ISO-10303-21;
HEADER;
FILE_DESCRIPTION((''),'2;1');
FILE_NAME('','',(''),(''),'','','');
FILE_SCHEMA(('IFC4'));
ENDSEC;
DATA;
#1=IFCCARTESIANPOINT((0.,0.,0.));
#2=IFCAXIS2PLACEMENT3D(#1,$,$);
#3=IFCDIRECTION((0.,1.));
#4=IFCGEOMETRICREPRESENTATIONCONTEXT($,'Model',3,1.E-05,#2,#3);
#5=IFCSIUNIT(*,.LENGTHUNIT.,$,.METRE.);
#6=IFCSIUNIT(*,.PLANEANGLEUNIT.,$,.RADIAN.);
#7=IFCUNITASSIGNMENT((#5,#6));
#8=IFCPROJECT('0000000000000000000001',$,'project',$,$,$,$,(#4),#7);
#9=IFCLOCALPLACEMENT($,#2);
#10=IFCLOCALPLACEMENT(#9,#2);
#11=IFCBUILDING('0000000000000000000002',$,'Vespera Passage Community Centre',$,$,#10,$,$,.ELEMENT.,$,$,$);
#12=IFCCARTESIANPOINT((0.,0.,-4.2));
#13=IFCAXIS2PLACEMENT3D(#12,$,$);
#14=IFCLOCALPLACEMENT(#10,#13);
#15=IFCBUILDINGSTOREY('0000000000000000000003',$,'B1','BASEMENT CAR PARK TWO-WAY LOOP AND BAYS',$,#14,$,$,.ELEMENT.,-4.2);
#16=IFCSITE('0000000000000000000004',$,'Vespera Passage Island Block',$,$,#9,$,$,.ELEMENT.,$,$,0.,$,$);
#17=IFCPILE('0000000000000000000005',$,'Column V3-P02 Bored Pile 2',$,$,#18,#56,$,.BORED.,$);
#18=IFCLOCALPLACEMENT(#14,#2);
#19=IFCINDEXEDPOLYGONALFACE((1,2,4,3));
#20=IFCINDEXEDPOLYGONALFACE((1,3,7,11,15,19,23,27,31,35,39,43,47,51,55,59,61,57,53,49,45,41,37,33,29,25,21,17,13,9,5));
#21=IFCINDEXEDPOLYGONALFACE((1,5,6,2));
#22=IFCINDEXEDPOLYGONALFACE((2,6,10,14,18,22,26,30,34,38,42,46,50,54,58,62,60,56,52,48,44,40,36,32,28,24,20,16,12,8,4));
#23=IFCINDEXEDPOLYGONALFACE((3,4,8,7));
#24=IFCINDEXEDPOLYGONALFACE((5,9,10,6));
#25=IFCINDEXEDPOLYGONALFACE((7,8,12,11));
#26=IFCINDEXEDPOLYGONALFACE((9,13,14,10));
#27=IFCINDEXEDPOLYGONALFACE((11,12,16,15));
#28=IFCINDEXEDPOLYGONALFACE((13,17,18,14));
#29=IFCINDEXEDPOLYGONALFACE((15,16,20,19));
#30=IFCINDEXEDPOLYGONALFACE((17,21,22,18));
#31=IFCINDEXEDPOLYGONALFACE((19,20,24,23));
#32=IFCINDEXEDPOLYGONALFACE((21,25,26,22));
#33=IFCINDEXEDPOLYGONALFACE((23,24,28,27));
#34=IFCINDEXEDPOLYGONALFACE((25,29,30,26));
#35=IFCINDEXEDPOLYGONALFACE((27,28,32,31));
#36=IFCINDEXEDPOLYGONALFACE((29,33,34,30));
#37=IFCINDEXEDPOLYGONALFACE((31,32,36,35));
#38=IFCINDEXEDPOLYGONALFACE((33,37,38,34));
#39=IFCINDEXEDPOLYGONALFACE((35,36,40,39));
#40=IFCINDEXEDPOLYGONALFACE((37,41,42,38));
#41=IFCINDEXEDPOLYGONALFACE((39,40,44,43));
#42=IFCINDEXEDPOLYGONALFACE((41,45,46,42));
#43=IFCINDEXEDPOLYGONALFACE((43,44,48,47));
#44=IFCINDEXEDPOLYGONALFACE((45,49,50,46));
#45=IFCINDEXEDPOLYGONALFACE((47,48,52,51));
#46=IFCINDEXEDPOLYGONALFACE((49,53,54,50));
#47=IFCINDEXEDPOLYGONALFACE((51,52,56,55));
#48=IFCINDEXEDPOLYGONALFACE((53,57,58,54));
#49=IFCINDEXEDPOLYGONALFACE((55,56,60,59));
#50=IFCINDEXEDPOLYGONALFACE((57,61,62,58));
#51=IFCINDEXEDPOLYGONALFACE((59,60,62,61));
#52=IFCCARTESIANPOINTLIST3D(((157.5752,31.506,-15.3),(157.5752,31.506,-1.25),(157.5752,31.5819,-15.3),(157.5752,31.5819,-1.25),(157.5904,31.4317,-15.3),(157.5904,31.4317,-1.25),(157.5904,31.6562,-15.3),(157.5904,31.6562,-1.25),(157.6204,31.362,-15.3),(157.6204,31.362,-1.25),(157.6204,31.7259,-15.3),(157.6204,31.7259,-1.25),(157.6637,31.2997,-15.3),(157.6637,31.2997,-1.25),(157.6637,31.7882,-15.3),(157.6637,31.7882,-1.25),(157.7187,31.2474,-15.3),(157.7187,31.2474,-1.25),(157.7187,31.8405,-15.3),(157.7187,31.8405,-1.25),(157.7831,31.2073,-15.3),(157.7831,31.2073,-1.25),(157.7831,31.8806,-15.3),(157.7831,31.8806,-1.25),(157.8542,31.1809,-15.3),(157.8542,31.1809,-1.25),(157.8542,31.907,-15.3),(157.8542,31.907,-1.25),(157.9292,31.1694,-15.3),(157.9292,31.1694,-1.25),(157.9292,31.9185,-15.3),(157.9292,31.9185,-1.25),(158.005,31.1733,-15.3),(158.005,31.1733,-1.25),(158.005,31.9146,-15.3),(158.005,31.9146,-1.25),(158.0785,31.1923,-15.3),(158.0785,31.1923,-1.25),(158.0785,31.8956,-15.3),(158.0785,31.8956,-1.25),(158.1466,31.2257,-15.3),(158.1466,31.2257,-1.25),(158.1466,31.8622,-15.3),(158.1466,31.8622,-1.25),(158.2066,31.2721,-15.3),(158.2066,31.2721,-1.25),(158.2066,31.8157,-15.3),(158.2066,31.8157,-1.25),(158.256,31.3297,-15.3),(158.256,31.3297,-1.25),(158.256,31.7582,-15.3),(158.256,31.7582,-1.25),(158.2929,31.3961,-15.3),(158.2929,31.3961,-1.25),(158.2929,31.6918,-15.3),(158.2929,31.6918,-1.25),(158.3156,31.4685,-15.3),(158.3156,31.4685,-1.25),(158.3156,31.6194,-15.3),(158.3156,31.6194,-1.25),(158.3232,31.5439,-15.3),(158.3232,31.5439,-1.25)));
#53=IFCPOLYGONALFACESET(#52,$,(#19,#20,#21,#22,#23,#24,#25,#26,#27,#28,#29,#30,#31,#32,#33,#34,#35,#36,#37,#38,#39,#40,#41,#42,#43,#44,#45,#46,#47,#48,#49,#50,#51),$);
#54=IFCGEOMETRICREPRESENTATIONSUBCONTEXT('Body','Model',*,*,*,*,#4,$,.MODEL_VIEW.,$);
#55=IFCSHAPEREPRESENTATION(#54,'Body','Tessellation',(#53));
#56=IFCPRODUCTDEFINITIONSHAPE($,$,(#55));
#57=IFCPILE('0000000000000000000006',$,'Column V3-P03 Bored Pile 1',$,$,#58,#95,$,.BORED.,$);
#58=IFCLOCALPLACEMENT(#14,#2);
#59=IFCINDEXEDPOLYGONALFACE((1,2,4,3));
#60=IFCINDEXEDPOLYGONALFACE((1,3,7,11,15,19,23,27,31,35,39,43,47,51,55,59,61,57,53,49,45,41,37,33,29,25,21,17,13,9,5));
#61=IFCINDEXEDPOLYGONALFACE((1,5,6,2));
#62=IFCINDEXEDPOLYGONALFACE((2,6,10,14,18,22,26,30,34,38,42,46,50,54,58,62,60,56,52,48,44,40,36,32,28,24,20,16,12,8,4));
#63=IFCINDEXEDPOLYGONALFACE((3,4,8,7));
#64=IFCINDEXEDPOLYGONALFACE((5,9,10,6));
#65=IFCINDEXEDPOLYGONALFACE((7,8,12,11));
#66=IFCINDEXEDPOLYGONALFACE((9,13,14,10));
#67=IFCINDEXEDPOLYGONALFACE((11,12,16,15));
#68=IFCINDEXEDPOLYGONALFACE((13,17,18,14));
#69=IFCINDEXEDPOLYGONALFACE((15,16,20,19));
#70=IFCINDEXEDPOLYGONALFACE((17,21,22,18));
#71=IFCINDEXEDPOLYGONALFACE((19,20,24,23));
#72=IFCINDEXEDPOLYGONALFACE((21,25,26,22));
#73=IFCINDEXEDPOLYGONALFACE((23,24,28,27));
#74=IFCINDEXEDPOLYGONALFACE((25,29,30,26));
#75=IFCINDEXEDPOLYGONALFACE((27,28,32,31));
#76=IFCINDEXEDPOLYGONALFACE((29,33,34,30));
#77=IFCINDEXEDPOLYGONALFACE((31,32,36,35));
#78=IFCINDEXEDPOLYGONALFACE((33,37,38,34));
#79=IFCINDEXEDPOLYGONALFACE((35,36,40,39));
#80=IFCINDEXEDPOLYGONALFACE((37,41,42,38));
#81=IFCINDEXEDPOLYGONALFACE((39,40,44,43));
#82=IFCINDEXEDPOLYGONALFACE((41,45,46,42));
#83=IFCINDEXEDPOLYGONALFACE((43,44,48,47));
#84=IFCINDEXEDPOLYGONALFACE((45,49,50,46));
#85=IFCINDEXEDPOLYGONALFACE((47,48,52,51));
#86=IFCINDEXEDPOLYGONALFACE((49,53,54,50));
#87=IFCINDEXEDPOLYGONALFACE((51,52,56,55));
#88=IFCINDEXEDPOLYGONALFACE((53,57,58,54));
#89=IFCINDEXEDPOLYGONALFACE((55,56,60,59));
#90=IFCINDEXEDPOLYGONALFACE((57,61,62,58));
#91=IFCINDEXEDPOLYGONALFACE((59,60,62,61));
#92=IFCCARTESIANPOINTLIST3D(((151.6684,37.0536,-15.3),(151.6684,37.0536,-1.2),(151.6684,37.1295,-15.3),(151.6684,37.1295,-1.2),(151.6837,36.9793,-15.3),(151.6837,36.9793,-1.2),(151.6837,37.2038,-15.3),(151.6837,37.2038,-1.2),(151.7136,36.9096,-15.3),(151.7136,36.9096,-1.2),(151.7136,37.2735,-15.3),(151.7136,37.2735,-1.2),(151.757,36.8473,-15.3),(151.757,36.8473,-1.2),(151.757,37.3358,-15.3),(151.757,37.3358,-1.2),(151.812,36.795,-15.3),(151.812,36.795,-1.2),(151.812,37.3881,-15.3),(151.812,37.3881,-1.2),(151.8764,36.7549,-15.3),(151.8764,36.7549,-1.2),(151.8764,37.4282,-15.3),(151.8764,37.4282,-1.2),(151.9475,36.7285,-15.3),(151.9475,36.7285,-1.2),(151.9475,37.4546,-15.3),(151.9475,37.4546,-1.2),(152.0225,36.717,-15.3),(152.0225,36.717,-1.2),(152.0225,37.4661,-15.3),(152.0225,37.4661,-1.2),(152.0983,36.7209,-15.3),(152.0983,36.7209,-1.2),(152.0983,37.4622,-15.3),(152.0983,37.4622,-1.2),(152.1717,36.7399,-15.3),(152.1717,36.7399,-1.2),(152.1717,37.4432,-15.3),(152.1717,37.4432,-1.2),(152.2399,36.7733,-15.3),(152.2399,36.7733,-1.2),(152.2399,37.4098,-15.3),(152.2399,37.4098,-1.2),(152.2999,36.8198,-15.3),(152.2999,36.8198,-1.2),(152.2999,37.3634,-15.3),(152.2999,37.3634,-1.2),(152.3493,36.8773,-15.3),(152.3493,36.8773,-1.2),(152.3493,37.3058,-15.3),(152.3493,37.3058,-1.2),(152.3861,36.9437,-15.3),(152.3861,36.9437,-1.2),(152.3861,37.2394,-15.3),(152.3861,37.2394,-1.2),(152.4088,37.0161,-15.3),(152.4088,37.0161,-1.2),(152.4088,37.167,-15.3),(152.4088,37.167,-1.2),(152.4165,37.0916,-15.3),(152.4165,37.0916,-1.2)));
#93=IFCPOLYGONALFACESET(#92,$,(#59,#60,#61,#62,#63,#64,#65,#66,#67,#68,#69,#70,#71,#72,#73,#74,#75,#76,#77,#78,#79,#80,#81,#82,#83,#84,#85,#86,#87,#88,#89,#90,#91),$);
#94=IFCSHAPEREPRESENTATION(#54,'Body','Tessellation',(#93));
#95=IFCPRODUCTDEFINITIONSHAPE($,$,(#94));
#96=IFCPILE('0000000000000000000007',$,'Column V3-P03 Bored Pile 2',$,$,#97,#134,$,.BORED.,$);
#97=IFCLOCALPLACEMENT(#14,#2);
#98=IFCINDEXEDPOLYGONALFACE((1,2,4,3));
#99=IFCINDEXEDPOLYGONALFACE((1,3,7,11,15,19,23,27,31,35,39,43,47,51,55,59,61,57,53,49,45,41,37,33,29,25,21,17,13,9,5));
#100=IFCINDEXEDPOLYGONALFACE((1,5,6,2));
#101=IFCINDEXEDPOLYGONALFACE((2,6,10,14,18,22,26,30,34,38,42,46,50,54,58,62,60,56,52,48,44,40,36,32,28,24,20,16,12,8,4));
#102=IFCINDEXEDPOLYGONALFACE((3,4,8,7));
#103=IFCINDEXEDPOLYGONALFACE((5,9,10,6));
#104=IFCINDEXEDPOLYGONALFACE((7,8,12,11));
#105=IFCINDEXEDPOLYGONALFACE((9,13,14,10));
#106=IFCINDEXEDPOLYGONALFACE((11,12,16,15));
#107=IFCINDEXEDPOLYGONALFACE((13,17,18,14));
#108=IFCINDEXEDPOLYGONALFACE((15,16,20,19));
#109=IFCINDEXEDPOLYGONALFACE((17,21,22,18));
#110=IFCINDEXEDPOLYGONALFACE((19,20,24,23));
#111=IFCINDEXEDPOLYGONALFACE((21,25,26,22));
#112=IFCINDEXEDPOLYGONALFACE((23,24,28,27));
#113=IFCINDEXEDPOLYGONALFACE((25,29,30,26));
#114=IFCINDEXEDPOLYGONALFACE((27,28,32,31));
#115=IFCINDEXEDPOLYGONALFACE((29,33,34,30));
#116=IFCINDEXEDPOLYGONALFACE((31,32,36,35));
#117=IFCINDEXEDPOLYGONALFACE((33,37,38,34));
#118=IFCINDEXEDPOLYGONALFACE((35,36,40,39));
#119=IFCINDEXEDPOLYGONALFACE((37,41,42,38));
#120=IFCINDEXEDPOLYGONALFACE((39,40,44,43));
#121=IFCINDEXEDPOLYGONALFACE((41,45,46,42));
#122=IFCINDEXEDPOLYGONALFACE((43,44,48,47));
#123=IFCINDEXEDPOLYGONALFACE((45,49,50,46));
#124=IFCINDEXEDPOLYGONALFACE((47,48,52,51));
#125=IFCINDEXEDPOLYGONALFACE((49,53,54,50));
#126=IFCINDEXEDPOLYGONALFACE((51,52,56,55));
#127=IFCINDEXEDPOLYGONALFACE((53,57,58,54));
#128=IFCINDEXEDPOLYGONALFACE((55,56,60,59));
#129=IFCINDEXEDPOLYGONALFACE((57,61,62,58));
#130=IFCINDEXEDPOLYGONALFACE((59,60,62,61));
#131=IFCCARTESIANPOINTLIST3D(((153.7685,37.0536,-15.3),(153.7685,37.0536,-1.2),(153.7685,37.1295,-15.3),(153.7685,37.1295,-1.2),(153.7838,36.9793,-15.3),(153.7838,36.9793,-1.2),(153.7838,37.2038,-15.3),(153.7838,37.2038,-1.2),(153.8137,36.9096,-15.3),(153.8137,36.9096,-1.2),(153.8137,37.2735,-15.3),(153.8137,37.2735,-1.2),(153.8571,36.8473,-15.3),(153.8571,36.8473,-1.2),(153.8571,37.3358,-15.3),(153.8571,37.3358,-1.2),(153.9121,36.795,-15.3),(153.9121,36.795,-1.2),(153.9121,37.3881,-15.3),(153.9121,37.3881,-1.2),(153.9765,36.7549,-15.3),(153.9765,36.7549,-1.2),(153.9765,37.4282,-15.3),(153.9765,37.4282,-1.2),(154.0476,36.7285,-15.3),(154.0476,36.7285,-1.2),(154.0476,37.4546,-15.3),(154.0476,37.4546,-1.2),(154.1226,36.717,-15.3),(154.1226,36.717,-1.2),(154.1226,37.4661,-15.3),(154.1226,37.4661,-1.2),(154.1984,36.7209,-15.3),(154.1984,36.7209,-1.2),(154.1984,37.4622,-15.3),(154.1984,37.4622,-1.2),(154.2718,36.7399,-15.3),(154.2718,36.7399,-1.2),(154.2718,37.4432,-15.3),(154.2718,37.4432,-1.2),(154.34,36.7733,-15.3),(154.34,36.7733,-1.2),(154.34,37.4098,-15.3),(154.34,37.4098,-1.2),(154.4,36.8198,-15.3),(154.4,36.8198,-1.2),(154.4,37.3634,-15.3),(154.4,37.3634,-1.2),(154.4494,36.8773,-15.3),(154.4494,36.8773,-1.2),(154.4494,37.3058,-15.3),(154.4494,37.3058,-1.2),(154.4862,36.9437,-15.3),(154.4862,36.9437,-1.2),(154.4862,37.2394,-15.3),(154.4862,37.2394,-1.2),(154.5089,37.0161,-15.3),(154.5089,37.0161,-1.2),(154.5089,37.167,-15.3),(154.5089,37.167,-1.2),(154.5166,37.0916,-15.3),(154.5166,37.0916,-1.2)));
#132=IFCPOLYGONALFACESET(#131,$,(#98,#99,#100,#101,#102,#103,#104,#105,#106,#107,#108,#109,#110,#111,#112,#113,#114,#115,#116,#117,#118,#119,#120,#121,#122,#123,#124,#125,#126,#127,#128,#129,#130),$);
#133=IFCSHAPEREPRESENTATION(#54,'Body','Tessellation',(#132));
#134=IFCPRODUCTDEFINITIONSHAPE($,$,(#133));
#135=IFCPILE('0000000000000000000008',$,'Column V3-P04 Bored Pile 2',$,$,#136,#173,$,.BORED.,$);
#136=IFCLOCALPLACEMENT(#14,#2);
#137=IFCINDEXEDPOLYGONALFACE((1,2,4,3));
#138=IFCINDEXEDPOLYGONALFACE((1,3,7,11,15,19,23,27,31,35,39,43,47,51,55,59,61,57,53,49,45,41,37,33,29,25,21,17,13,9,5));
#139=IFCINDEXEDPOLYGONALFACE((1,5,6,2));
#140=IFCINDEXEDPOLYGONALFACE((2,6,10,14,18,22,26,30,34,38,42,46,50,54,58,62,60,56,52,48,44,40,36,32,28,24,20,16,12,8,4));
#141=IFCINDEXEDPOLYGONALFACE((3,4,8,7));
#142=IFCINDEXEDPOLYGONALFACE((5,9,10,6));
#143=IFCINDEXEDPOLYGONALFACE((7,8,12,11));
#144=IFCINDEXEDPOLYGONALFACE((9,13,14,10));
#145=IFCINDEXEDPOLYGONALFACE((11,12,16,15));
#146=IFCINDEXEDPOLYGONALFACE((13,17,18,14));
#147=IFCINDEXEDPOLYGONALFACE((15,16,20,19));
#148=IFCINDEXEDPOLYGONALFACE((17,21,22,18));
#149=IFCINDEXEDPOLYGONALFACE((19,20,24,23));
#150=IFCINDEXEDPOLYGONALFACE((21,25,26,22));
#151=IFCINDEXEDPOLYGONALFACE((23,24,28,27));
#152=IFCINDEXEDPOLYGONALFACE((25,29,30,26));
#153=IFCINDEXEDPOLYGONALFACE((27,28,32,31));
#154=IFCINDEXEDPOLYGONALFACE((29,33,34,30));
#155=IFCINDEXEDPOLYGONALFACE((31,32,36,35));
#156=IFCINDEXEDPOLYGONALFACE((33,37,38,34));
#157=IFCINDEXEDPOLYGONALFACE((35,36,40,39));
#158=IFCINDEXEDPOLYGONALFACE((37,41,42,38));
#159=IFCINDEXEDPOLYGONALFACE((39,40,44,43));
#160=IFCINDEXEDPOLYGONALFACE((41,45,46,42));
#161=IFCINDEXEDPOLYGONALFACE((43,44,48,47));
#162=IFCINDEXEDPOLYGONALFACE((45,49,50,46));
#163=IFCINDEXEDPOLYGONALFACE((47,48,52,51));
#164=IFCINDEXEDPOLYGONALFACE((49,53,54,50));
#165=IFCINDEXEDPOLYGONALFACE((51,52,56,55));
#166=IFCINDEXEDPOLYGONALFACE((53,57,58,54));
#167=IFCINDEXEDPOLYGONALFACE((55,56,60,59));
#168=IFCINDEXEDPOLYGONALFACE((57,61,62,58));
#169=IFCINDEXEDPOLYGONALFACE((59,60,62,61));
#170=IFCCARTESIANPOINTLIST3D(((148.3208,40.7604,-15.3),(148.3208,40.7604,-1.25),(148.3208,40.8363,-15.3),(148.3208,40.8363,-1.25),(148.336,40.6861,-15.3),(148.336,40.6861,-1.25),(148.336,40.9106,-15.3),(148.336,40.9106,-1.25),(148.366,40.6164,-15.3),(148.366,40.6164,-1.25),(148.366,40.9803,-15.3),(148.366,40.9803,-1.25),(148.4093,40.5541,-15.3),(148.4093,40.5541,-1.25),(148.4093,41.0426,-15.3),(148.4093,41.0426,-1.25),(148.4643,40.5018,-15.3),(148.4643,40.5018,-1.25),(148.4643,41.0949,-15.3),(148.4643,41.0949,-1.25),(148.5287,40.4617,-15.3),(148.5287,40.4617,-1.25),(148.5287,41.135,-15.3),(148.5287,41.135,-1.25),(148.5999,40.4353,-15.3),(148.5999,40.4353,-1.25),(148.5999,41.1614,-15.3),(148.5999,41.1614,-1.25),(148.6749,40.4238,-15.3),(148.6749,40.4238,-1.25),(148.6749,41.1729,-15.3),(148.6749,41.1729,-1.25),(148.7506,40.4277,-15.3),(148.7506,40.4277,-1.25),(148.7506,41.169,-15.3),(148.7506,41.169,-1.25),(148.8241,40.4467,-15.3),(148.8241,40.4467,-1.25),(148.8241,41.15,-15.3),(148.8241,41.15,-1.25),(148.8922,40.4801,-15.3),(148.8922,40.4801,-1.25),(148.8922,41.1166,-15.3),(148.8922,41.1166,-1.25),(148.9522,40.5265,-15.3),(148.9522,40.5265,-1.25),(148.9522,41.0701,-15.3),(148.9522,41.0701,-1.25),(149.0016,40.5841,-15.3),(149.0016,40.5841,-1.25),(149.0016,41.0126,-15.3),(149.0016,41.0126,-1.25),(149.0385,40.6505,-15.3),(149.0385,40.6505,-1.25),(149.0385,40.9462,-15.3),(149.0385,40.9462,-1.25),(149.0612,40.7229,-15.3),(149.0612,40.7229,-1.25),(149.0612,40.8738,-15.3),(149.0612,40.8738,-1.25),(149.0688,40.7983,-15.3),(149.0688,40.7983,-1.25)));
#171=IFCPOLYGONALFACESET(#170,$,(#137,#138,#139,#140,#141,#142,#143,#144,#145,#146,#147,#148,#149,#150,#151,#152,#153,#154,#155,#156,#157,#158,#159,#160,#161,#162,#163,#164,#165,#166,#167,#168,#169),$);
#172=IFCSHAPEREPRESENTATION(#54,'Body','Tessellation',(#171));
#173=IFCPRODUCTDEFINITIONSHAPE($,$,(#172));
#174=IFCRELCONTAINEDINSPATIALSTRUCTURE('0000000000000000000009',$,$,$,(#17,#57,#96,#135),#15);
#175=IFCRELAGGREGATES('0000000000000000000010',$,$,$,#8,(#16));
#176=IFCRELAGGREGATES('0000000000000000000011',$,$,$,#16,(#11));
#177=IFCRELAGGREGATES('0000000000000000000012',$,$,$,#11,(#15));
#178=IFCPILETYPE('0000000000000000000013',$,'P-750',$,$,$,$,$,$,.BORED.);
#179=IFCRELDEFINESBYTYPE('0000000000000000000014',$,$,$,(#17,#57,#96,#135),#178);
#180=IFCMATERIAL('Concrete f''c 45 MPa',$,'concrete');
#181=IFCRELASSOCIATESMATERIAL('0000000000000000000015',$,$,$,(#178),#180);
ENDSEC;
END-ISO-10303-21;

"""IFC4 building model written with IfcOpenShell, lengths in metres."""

from ifc_helpers import new_model, si_unit, direction, frame, origin, origin_2d, place, context, subcontext, project, spatial, circle, extrude, material, material_profile, profile_set, type_object, element, save


model = new_model("IFC4")

# Units and contexts
model_context = context("Model", 3, precision=1e-05, world=origin(), true_north=direction((0.0, 1.0)))
body_context = subcontext(model_context, "Body", "Model", "MODEL_VIEW")
ifc_project = project(units=[si_unit("LENGTHUNIT", "METRE"), si_unit("PLANEANGLEUNIT", "RADIAN")], contexts=[model_context])

# Site, building, storey
site_placement = place(None, origin())
site = spatial("IfcSite", under=ifc_project, at=site_placement, Name="Vespera Passage Island Block", CompositionType="ELEMENT", RefElevation=0.0)
building_placement = place(site_placement, origin())
building = spatial("IfcBuilding", under=site, at=building_placement, Name="Vespera Passage Community Centre", CompositionType="ELEMENT")
storey_placement = place(building_placement, frame((0.0, 0.0, -4.2)))
storey = spatial("IfcBuildingStorey", under=building, at=storey_placement, Name="B1", Description="BASEMENT CAR PARK TWO-WAY LOOP AND BAYS", CompositionType="ELEMENT", Elevation=-4.2)

# Piles
ifc_material_1 = material(Name="Concrete f'c 45 MPa", Category="concrete")
ifc_material_profile_1 = material_profile(ifc_material_1, circle(Radius=0.375, at=origin_2d()), Name="PILE750DIA")
ifc_profile_set_1 = profile_set([ifc_material_profile_1], Name="Concrete f'c 45 MPa")
pile_type_1 = type_object("IfcPileType", Name="P-750", PredefinedType="BORED", material=ifc_profile_set_1)
for number, where, z_axis, x_axis, name in (
    (1, (157.9482, 31.5439, -1.25), (0.0, 0.0, -1.0), (1.0, 0.0, 0.0), "Column V3-P02 Bored Pile 2"),
):
    element("IfcPile", number, at=place(storey_placement, frame(where, z_axis=z_axis, x_axis=x_axis)), inside=storey, type_object=pile_type_1, Name=name, PredefinedType="BORED", context=body_context, shape_type="SweptSolid", body=[
        extrude(circle(Radius=0.375, at=origin_2d()), origin(), (0.0, 0.0, 1.0), 14.05),
    ])
for number, where, z_axis, x_axis, name in (
    (2, (152.0415, 37.0916, -1.2), (0.0, 0.0, -1.0), (1.0, 0.0, 0.0), "Column V3-P03 Bored Pile 1"),
    (3, (154.1416, 37.0916, -1.2), (0.0, 0.0, -1.0), (1.0, 0.0, 0.0), "Column V3-P03 Bored Pile 2"),
):
    element("IfcPile", number, at=place(storey_placement, frame(where, z_axis=z_axis, x_axis=x_axis)), inside=storey, type_object=pile_type_1, Name=name, PredefinedType="BORED", context=body_context, shape_type="SweptSolid", body=[
        extrude(circle(Radius=0.375, at=origin_2d()), origin(), (0.0, 0.0, 1.0), 14.1001),
    ])
pile_1_placement = place(storey_placement, frame((148.6938, 40.7983, -1.25), z_axis=(0.0, 0.0, -1.0), x_axis=(1.0, 0.0, 0.0)))
element("IfcPile", 4, at=pile_1_placement, inside=storey, type_object=pile_type_1, Name="Column V3-P04 Bored Pile 2", PredefinedType="BORED", context=body_context, shape_type="SweptSolid", body=[
    extrude(circle(Radius=0.375, at=origin_2d()), origin(), (0.0, 0.0, 1.0), 14.05),
])

save(model, "model.ifc")
